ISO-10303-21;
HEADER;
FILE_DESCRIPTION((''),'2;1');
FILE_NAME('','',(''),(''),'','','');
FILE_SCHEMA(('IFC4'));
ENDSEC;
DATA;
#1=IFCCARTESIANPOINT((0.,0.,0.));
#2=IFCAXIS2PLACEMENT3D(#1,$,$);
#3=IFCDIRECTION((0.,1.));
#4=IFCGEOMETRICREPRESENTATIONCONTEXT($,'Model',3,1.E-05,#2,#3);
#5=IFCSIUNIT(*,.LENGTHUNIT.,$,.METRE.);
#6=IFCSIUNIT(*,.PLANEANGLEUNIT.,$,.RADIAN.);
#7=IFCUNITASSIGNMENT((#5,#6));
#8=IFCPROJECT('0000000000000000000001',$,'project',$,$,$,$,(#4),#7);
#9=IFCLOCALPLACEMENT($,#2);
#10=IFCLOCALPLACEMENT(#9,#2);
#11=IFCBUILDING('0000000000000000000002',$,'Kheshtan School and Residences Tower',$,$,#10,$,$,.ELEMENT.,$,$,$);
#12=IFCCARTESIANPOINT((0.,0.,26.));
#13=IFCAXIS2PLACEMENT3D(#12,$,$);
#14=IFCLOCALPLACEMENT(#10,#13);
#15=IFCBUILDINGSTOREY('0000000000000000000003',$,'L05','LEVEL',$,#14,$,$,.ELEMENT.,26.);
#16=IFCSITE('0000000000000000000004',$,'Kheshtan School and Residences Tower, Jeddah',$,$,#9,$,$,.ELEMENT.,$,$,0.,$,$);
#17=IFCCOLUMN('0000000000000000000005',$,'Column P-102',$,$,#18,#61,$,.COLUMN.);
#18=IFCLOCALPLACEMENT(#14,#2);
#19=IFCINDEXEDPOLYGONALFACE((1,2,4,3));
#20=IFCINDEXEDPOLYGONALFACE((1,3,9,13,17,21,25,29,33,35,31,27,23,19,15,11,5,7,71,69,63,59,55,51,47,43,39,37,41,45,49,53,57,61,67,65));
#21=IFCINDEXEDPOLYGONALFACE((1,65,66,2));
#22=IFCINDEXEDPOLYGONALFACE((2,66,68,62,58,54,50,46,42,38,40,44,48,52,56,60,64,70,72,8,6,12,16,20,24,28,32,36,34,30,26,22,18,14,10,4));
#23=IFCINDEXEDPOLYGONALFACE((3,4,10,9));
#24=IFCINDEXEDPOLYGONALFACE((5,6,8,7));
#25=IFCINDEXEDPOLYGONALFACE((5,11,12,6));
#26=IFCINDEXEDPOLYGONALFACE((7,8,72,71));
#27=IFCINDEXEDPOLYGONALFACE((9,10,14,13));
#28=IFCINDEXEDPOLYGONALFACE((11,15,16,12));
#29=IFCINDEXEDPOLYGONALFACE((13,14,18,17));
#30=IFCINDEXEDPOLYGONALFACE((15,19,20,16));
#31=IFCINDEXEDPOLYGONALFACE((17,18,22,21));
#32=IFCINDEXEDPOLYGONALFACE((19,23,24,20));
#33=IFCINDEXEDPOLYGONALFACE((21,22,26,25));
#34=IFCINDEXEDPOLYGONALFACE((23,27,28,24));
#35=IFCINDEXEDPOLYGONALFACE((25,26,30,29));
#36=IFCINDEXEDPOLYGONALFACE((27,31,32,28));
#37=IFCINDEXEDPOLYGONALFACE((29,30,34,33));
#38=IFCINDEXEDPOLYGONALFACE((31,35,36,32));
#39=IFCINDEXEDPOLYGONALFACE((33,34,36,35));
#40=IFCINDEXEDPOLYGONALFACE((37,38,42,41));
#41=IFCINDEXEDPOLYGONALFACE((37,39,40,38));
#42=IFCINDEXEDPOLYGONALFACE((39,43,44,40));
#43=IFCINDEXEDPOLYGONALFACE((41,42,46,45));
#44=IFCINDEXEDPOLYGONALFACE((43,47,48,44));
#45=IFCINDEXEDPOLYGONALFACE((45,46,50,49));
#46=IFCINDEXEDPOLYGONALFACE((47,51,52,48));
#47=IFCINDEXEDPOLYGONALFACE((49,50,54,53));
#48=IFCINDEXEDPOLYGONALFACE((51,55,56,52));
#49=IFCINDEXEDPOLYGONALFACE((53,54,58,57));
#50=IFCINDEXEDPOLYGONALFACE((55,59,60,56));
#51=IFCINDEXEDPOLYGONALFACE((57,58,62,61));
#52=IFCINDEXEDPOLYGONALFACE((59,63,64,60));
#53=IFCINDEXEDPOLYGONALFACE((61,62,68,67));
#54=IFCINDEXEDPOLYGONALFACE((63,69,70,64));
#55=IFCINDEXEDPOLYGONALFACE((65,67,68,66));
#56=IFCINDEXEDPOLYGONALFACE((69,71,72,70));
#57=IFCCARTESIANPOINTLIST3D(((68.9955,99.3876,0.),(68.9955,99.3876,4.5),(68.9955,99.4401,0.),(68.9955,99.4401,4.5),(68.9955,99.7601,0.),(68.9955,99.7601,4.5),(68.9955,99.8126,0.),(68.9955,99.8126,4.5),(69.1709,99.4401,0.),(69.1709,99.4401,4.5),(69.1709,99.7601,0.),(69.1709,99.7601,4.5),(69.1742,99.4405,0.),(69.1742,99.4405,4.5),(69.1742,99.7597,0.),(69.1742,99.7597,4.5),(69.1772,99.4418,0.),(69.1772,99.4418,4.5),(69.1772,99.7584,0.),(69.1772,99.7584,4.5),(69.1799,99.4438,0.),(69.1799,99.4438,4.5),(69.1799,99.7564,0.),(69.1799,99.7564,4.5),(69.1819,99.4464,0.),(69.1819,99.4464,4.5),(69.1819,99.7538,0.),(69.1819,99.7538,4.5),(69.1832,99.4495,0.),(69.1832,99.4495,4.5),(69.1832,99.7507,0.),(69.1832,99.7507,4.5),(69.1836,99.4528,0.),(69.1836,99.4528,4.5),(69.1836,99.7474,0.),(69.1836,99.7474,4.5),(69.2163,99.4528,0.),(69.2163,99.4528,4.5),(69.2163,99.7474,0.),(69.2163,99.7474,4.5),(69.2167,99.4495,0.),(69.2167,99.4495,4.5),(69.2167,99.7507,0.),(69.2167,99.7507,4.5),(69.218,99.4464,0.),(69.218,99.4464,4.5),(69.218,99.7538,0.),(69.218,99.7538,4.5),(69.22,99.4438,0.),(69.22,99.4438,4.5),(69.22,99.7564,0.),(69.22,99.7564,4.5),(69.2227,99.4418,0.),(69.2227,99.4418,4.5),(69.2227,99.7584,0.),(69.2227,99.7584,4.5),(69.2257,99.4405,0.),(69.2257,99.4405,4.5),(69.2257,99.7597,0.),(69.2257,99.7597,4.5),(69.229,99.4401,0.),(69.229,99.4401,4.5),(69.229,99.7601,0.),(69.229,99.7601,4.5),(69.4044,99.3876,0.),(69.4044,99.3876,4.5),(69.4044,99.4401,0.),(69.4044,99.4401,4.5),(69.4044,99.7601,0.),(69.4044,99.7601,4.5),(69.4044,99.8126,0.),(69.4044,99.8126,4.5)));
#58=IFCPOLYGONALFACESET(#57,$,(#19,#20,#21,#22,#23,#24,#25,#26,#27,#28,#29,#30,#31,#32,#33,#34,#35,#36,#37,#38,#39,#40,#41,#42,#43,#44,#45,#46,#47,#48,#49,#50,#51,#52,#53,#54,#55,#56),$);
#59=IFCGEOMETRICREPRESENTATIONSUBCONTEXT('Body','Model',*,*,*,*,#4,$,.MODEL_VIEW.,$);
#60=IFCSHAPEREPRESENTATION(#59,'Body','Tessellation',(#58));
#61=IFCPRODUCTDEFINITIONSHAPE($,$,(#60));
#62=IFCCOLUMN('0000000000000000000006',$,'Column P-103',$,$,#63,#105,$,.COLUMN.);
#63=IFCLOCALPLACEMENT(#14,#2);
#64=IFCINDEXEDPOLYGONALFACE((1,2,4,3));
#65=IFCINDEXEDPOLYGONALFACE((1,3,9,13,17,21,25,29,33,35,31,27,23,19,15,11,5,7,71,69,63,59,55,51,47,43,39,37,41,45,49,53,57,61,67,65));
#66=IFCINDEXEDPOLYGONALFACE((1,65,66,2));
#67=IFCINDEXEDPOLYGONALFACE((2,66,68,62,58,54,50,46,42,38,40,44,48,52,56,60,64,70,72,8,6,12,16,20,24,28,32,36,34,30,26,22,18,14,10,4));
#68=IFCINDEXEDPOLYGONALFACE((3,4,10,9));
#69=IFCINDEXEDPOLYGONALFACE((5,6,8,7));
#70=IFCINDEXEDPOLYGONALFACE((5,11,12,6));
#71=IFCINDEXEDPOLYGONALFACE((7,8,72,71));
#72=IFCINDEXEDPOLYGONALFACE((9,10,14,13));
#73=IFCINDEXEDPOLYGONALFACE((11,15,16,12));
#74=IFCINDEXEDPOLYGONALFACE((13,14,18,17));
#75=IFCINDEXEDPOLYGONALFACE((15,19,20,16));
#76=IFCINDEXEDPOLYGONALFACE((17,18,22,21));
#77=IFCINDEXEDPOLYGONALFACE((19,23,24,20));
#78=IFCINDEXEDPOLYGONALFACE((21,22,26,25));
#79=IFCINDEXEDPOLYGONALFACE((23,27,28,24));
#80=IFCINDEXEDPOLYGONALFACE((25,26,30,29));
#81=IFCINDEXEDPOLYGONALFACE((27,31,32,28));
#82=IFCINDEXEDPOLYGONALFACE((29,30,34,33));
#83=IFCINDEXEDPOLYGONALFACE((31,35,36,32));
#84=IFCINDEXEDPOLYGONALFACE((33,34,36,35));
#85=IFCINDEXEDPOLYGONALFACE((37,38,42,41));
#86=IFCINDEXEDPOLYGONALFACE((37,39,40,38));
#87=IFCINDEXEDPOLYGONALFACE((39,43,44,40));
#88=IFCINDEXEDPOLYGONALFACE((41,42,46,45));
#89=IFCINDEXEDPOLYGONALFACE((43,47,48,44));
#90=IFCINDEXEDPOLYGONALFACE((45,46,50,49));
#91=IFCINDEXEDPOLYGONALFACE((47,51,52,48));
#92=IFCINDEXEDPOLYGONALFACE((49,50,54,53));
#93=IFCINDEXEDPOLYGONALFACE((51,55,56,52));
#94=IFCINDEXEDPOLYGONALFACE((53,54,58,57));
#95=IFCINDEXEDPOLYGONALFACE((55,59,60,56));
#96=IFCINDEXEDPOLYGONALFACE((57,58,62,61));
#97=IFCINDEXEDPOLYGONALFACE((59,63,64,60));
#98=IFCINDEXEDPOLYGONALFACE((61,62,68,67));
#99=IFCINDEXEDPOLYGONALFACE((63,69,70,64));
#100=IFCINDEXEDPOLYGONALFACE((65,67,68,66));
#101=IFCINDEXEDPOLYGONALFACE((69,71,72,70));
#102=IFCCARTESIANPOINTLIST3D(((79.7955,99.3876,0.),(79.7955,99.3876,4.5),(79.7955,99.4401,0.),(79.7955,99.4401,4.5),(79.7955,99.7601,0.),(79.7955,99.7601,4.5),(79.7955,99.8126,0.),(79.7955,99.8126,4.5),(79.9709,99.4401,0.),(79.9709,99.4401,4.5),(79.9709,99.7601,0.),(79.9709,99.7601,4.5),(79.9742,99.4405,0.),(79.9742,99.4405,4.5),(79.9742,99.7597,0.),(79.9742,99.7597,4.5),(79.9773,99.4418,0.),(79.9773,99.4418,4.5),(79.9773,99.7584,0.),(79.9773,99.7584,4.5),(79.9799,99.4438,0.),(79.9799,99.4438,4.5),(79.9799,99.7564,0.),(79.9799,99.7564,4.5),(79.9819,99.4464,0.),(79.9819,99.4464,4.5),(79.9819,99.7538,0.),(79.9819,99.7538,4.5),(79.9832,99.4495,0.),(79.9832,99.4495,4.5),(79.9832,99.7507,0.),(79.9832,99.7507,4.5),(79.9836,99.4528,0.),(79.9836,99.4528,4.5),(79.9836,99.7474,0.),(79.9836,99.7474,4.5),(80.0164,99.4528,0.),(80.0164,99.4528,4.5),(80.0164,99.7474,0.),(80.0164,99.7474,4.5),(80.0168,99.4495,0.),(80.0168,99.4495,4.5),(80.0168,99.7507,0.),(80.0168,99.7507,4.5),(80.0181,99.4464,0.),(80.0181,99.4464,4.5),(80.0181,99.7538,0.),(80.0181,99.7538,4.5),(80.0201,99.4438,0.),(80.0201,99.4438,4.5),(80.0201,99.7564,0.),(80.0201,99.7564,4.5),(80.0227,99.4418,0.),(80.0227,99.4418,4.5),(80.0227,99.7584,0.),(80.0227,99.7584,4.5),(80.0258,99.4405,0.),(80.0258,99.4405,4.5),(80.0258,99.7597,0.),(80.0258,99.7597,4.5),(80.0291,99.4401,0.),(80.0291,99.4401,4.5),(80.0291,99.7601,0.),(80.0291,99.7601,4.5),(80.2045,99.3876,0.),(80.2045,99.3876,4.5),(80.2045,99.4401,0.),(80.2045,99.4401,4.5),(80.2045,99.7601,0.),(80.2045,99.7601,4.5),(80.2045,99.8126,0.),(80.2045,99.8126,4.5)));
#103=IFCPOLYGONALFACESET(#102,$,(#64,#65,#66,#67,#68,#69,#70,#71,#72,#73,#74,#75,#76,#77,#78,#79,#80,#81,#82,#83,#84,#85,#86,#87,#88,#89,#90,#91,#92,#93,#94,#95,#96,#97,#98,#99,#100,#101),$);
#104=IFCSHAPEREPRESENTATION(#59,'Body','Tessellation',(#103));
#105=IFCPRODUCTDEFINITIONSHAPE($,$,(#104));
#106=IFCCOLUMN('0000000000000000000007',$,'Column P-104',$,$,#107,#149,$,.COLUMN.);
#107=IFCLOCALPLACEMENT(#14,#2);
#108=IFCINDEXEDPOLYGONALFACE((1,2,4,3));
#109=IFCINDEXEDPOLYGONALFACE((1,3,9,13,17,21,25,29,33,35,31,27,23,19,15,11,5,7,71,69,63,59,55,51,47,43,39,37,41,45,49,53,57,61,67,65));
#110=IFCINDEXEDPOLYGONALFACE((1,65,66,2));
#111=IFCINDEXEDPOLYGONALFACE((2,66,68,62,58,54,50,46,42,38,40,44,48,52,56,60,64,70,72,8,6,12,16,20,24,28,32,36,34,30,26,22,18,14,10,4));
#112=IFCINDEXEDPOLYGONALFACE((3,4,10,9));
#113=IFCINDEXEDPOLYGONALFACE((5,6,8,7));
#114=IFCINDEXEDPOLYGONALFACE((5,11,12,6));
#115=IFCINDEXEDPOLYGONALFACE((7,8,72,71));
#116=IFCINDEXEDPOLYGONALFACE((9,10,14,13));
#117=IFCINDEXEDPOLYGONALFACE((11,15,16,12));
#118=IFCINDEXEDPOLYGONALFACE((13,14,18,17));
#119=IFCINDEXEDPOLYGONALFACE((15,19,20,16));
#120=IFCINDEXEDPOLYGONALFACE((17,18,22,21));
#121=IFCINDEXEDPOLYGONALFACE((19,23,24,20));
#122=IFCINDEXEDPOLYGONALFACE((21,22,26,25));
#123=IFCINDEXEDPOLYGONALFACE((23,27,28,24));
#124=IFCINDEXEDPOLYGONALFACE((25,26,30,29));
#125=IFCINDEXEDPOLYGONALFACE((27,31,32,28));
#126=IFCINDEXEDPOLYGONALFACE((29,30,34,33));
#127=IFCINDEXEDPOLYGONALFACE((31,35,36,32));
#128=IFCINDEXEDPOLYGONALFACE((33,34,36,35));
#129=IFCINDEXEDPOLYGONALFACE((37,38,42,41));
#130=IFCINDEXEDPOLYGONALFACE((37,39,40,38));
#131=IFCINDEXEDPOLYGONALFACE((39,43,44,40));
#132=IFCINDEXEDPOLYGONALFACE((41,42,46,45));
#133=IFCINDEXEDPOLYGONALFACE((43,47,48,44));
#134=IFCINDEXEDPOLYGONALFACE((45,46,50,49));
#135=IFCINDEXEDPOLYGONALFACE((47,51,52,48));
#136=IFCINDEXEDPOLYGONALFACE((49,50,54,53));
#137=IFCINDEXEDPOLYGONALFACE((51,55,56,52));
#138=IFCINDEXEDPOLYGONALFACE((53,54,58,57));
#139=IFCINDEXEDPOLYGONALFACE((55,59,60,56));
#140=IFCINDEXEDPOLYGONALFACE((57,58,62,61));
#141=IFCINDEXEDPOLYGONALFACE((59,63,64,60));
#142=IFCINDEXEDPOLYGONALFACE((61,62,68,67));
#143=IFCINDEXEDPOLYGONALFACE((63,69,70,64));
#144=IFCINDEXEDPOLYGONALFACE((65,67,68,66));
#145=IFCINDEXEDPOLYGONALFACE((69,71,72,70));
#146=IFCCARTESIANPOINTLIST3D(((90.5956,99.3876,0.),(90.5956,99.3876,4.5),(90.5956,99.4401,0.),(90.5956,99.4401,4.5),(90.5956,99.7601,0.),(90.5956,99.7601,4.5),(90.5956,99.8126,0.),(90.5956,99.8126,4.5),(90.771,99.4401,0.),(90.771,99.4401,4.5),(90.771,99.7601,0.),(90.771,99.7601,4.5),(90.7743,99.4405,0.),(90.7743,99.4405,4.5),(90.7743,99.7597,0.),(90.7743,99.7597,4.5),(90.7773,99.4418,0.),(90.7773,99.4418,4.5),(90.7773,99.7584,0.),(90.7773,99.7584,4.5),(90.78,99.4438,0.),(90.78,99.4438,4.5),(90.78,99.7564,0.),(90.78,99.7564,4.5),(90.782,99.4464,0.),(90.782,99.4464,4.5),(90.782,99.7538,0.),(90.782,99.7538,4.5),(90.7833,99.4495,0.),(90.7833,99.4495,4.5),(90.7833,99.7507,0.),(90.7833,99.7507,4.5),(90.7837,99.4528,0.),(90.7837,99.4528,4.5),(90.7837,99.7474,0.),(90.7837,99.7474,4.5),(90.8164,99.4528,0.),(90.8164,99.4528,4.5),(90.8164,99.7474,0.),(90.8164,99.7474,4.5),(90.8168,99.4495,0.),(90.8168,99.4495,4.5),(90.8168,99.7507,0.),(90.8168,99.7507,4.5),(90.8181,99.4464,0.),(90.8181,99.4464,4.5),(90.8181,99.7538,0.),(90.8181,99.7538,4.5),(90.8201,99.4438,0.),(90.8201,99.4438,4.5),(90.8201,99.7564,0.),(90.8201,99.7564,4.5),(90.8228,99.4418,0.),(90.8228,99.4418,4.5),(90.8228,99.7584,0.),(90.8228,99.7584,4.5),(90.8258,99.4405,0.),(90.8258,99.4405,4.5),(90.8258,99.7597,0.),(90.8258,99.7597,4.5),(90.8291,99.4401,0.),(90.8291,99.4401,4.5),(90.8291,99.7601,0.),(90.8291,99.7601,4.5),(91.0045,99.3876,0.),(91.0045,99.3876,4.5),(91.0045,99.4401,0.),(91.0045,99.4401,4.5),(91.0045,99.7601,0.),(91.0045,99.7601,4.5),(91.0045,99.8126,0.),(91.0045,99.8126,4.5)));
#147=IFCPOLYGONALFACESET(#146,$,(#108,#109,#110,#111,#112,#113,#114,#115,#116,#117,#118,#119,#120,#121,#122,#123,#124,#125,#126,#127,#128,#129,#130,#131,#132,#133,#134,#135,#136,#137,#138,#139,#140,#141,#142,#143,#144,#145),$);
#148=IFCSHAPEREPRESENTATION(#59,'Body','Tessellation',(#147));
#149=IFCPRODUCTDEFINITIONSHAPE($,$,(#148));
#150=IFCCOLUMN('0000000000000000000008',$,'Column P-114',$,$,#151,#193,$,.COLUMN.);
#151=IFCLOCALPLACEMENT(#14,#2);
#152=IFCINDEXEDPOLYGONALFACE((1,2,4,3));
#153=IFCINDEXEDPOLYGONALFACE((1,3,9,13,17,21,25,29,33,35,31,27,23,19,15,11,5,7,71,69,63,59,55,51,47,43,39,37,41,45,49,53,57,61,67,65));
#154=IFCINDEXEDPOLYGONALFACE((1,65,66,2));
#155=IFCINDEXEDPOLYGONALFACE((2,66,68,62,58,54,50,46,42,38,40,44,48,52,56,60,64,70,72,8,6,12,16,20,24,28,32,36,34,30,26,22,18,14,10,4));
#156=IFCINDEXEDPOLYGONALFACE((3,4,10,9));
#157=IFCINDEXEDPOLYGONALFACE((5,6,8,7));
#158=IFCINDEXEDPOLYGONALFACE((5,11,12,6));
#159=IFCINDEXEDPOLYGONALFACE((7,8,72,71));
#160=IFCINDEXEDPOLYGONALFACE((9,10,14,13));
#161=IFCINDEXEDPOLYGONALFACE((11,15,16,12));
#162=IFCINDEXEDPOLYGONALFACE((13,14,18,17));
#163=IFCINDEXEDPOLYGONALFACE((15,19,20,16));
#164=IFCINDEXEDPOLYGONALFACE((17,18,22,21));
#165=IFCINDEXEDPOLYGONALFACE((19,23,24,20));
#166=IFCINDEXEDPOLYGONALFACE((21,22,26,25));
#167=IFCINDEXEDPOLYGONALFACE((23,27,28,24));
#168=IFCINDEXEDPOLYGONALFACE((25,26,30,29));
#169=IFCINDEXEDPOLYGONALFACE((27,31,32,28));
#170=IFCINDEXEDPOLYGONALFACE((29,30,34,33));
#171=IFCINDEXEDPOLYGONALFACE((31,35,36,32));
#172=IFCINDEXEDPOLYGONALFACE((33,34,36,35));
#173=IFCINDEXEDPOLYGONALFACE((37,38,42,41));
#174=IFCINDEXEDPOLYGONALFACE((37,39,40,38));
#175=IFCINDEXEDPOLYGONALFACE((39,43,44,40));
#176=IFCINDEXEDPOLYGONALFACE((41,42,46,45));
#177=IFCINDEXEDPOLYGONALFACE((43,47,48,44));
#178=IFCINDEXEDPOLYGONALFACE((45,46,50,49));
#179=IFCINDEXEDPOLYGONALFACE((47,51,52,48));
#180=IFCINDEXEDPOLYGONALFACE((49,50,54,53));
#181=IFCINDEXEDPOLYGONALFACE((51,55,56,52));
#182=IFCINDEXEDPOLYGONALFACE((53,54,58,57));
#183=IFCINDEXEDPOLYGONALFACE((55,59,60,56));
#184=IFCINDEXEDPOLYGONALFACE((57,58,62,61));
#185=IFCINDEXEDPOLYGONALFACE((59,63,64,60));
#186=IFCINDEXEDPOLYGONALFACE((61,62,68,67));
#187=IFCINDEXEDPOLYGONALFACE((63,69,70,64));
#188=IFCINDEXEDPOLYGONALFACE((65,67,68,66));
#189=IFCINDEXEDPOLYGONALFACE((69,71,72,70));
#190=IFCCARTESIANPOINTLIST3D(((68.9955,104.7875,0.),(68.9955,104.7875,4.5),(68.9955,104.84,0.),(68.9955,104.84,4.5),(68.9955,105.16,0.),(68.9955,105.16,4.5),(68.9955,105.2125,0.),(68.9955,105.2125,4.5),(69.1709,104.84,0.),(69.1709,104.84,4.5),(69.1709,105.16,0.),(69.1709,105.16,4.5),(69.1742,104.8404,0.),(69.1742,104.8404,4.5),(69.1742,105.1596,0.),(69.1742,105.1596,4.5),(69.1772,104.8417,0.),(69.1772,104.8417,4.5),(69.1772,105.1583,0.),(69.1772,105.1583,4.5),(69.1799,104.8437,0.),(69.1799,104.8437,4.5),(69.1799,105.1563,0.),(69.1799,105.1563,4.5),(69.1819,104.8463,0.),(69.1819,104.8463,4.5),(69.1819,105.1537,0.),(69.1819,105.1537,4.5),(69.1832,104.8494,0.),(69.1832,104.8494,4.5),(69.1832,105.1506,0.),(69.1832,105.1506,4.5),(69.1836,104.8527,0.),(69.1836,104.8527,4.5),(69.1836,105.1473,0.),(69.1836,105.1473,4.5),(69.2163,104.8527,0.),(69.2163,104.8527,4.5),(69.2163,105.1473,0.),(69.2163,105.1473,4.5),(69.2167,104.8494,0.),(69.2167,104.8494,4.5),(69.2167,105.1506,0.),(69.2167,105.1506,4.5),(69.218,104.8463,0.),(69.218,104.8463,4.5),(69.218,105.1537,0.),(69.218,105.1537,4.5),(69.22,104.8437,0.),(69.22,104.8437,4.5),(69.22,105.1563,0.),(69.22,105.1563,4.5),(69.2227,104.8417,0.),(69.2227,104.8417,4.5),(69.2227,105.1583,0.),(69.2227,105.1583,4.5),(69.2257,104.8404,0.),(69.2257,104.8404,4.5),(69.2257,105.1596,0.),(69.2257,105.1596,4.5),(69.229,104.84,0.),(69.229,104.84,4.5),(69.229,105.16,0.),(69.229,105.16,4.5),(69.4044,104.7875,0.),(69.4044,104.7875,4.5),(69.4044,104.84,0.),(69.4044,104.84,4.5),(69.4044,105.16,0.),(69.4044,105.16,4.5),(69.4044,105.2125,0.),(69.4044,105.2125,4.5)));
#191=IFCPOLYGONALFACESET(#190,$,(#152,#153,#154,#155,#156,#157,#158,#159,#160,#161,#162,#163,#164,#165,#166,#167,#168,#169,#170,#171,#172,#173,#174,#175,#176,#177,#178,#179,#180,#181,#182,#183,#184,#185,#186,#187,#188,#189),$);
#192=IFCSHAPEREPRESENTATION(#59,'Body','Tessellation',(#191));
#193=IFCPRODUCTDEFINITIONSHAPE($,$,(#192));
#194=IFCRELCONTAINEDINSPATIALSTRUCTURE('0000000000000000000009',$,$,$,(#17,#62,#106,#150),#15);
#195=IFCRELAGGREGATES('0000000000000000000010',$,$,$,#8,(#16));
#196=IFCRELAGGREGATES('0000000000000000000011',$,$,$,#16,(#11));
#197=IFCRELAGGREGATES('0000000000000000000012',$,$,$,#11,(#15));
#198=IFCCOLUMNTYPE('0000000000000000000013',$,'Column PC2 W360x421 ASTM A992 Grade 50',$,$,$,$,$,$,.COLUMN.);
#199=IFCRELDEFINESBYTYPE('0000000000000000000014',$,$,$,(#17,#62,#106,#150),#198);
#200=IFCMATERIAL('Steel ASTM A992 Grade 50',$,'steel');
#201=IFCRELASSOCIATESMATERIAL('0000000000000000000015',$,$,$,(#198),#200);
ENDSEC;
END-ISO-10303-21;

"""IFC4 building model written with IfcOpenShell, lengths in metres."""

from ifc_helpers import new_model, si_unit, direction, frame, origin, origin_2d, place, context, subcontext, project, spatial, i_section, extrude, material, material_profile, profile_set, type_object, element, save


model = new_model("IFC4")

# Units and contexts
model_context = context("Model", 3, precision=1e-05, world=origin(), true_north=direction((0.0, 1.0)))
body_context = subcontext(model_context, "Body", "Model", "MODEL_VIEW")
ifc_project = project(units=[si_unit("LENGTHUNIT", "METRE"), si_unit("PLANEANGLEUNIT", "RADIAN")], contexts=[model_context])

# Site, building, storey
site_placement = place(None, origin())
site = spatial("IfcSite", under=ifc_project, at=site_placement, Name="Kheshtan School and Residences Tower, Jeddah", CompositionType="ELEMENT", RefElevation=0.0)
building_placement = place(site_placement, origin())
building = spatial("IfcBuilding", under=site, at=building_placement, Name="Kheshtan School and Residences Tower", CompositionType="ELEMENT")
storey_placement = place(building_placement, frame((0.0, 0.0, 26.0)))
storey = spatial("IfcBuildingStorey", under=building, at=storey_placement, Name="L05", Description="LEVEL", CompositionType="ELEMENT", Elevation=26.0)

# Columns
ifc_material_1 = material(Name="Steel ASTM A992 Grade 50", Category="steel")
ifc_material_profile_1 = material_profile(ifc_material_1, i_section(OverallWidth=0.4089, OverallDepth=0.425, WebThickness=0.0327, FlangeThickness=0.0525, FilletRadius=0.0127, at=origin_2d()), Name="W360x421")
ifc_profile_set_1 = profile_set([ifc_material_profile_1], Name="Steel ASTM A992 Grade 50")
column_type = type_object("IfcColumnType", Name="Column PC2 W360x421 ASTM A992 Grade 50", PredefinedType="COLUMN", material=ifc_profile_set_1)
for number, where, z_axis, x_axis, name in (
    (1, (69.2, 99.6001, 0.0), (0.0, 0.0, 1.0), (1.0, 0.0, 0.0), "Column P-102"),
    (2, (80.0, 99.6001, 0.0), (0.0, 0.0, 1.0), (1.0, 0.0, 0.0), "Column P-103"),
    (3, (90.8, 99.6001, 0.0), (0.0, 0.0, 1.0), (1.0, 0.0, 0.0), "Column P-104"),
    (4, (69.2, 105.0, 0.0), (0.0, 0.0, 1.0), (1.0, 0.0, 0.0), "Column P-114"),
):
    element("IfcColumn", number, at=place(storey_placement, frame(where, z_axis=z_axis, x_axis=x_axis)), inside=storey, type_object=column_type, Name=name, PredefinedType="COLUMN", context=body_context, shape_type="SweptSolid", body=[
        extrude(i_section(OverallWidth=0.4089, OverallDepth=0.425, WebThickness=0.0327, FlangeThickness=0.0525, FilletRadius=0.0127, at=origin_2d()), origin(), (0.0, 0.0, 1.0), 4.5),
    ])

save(model, "model.ifc")
